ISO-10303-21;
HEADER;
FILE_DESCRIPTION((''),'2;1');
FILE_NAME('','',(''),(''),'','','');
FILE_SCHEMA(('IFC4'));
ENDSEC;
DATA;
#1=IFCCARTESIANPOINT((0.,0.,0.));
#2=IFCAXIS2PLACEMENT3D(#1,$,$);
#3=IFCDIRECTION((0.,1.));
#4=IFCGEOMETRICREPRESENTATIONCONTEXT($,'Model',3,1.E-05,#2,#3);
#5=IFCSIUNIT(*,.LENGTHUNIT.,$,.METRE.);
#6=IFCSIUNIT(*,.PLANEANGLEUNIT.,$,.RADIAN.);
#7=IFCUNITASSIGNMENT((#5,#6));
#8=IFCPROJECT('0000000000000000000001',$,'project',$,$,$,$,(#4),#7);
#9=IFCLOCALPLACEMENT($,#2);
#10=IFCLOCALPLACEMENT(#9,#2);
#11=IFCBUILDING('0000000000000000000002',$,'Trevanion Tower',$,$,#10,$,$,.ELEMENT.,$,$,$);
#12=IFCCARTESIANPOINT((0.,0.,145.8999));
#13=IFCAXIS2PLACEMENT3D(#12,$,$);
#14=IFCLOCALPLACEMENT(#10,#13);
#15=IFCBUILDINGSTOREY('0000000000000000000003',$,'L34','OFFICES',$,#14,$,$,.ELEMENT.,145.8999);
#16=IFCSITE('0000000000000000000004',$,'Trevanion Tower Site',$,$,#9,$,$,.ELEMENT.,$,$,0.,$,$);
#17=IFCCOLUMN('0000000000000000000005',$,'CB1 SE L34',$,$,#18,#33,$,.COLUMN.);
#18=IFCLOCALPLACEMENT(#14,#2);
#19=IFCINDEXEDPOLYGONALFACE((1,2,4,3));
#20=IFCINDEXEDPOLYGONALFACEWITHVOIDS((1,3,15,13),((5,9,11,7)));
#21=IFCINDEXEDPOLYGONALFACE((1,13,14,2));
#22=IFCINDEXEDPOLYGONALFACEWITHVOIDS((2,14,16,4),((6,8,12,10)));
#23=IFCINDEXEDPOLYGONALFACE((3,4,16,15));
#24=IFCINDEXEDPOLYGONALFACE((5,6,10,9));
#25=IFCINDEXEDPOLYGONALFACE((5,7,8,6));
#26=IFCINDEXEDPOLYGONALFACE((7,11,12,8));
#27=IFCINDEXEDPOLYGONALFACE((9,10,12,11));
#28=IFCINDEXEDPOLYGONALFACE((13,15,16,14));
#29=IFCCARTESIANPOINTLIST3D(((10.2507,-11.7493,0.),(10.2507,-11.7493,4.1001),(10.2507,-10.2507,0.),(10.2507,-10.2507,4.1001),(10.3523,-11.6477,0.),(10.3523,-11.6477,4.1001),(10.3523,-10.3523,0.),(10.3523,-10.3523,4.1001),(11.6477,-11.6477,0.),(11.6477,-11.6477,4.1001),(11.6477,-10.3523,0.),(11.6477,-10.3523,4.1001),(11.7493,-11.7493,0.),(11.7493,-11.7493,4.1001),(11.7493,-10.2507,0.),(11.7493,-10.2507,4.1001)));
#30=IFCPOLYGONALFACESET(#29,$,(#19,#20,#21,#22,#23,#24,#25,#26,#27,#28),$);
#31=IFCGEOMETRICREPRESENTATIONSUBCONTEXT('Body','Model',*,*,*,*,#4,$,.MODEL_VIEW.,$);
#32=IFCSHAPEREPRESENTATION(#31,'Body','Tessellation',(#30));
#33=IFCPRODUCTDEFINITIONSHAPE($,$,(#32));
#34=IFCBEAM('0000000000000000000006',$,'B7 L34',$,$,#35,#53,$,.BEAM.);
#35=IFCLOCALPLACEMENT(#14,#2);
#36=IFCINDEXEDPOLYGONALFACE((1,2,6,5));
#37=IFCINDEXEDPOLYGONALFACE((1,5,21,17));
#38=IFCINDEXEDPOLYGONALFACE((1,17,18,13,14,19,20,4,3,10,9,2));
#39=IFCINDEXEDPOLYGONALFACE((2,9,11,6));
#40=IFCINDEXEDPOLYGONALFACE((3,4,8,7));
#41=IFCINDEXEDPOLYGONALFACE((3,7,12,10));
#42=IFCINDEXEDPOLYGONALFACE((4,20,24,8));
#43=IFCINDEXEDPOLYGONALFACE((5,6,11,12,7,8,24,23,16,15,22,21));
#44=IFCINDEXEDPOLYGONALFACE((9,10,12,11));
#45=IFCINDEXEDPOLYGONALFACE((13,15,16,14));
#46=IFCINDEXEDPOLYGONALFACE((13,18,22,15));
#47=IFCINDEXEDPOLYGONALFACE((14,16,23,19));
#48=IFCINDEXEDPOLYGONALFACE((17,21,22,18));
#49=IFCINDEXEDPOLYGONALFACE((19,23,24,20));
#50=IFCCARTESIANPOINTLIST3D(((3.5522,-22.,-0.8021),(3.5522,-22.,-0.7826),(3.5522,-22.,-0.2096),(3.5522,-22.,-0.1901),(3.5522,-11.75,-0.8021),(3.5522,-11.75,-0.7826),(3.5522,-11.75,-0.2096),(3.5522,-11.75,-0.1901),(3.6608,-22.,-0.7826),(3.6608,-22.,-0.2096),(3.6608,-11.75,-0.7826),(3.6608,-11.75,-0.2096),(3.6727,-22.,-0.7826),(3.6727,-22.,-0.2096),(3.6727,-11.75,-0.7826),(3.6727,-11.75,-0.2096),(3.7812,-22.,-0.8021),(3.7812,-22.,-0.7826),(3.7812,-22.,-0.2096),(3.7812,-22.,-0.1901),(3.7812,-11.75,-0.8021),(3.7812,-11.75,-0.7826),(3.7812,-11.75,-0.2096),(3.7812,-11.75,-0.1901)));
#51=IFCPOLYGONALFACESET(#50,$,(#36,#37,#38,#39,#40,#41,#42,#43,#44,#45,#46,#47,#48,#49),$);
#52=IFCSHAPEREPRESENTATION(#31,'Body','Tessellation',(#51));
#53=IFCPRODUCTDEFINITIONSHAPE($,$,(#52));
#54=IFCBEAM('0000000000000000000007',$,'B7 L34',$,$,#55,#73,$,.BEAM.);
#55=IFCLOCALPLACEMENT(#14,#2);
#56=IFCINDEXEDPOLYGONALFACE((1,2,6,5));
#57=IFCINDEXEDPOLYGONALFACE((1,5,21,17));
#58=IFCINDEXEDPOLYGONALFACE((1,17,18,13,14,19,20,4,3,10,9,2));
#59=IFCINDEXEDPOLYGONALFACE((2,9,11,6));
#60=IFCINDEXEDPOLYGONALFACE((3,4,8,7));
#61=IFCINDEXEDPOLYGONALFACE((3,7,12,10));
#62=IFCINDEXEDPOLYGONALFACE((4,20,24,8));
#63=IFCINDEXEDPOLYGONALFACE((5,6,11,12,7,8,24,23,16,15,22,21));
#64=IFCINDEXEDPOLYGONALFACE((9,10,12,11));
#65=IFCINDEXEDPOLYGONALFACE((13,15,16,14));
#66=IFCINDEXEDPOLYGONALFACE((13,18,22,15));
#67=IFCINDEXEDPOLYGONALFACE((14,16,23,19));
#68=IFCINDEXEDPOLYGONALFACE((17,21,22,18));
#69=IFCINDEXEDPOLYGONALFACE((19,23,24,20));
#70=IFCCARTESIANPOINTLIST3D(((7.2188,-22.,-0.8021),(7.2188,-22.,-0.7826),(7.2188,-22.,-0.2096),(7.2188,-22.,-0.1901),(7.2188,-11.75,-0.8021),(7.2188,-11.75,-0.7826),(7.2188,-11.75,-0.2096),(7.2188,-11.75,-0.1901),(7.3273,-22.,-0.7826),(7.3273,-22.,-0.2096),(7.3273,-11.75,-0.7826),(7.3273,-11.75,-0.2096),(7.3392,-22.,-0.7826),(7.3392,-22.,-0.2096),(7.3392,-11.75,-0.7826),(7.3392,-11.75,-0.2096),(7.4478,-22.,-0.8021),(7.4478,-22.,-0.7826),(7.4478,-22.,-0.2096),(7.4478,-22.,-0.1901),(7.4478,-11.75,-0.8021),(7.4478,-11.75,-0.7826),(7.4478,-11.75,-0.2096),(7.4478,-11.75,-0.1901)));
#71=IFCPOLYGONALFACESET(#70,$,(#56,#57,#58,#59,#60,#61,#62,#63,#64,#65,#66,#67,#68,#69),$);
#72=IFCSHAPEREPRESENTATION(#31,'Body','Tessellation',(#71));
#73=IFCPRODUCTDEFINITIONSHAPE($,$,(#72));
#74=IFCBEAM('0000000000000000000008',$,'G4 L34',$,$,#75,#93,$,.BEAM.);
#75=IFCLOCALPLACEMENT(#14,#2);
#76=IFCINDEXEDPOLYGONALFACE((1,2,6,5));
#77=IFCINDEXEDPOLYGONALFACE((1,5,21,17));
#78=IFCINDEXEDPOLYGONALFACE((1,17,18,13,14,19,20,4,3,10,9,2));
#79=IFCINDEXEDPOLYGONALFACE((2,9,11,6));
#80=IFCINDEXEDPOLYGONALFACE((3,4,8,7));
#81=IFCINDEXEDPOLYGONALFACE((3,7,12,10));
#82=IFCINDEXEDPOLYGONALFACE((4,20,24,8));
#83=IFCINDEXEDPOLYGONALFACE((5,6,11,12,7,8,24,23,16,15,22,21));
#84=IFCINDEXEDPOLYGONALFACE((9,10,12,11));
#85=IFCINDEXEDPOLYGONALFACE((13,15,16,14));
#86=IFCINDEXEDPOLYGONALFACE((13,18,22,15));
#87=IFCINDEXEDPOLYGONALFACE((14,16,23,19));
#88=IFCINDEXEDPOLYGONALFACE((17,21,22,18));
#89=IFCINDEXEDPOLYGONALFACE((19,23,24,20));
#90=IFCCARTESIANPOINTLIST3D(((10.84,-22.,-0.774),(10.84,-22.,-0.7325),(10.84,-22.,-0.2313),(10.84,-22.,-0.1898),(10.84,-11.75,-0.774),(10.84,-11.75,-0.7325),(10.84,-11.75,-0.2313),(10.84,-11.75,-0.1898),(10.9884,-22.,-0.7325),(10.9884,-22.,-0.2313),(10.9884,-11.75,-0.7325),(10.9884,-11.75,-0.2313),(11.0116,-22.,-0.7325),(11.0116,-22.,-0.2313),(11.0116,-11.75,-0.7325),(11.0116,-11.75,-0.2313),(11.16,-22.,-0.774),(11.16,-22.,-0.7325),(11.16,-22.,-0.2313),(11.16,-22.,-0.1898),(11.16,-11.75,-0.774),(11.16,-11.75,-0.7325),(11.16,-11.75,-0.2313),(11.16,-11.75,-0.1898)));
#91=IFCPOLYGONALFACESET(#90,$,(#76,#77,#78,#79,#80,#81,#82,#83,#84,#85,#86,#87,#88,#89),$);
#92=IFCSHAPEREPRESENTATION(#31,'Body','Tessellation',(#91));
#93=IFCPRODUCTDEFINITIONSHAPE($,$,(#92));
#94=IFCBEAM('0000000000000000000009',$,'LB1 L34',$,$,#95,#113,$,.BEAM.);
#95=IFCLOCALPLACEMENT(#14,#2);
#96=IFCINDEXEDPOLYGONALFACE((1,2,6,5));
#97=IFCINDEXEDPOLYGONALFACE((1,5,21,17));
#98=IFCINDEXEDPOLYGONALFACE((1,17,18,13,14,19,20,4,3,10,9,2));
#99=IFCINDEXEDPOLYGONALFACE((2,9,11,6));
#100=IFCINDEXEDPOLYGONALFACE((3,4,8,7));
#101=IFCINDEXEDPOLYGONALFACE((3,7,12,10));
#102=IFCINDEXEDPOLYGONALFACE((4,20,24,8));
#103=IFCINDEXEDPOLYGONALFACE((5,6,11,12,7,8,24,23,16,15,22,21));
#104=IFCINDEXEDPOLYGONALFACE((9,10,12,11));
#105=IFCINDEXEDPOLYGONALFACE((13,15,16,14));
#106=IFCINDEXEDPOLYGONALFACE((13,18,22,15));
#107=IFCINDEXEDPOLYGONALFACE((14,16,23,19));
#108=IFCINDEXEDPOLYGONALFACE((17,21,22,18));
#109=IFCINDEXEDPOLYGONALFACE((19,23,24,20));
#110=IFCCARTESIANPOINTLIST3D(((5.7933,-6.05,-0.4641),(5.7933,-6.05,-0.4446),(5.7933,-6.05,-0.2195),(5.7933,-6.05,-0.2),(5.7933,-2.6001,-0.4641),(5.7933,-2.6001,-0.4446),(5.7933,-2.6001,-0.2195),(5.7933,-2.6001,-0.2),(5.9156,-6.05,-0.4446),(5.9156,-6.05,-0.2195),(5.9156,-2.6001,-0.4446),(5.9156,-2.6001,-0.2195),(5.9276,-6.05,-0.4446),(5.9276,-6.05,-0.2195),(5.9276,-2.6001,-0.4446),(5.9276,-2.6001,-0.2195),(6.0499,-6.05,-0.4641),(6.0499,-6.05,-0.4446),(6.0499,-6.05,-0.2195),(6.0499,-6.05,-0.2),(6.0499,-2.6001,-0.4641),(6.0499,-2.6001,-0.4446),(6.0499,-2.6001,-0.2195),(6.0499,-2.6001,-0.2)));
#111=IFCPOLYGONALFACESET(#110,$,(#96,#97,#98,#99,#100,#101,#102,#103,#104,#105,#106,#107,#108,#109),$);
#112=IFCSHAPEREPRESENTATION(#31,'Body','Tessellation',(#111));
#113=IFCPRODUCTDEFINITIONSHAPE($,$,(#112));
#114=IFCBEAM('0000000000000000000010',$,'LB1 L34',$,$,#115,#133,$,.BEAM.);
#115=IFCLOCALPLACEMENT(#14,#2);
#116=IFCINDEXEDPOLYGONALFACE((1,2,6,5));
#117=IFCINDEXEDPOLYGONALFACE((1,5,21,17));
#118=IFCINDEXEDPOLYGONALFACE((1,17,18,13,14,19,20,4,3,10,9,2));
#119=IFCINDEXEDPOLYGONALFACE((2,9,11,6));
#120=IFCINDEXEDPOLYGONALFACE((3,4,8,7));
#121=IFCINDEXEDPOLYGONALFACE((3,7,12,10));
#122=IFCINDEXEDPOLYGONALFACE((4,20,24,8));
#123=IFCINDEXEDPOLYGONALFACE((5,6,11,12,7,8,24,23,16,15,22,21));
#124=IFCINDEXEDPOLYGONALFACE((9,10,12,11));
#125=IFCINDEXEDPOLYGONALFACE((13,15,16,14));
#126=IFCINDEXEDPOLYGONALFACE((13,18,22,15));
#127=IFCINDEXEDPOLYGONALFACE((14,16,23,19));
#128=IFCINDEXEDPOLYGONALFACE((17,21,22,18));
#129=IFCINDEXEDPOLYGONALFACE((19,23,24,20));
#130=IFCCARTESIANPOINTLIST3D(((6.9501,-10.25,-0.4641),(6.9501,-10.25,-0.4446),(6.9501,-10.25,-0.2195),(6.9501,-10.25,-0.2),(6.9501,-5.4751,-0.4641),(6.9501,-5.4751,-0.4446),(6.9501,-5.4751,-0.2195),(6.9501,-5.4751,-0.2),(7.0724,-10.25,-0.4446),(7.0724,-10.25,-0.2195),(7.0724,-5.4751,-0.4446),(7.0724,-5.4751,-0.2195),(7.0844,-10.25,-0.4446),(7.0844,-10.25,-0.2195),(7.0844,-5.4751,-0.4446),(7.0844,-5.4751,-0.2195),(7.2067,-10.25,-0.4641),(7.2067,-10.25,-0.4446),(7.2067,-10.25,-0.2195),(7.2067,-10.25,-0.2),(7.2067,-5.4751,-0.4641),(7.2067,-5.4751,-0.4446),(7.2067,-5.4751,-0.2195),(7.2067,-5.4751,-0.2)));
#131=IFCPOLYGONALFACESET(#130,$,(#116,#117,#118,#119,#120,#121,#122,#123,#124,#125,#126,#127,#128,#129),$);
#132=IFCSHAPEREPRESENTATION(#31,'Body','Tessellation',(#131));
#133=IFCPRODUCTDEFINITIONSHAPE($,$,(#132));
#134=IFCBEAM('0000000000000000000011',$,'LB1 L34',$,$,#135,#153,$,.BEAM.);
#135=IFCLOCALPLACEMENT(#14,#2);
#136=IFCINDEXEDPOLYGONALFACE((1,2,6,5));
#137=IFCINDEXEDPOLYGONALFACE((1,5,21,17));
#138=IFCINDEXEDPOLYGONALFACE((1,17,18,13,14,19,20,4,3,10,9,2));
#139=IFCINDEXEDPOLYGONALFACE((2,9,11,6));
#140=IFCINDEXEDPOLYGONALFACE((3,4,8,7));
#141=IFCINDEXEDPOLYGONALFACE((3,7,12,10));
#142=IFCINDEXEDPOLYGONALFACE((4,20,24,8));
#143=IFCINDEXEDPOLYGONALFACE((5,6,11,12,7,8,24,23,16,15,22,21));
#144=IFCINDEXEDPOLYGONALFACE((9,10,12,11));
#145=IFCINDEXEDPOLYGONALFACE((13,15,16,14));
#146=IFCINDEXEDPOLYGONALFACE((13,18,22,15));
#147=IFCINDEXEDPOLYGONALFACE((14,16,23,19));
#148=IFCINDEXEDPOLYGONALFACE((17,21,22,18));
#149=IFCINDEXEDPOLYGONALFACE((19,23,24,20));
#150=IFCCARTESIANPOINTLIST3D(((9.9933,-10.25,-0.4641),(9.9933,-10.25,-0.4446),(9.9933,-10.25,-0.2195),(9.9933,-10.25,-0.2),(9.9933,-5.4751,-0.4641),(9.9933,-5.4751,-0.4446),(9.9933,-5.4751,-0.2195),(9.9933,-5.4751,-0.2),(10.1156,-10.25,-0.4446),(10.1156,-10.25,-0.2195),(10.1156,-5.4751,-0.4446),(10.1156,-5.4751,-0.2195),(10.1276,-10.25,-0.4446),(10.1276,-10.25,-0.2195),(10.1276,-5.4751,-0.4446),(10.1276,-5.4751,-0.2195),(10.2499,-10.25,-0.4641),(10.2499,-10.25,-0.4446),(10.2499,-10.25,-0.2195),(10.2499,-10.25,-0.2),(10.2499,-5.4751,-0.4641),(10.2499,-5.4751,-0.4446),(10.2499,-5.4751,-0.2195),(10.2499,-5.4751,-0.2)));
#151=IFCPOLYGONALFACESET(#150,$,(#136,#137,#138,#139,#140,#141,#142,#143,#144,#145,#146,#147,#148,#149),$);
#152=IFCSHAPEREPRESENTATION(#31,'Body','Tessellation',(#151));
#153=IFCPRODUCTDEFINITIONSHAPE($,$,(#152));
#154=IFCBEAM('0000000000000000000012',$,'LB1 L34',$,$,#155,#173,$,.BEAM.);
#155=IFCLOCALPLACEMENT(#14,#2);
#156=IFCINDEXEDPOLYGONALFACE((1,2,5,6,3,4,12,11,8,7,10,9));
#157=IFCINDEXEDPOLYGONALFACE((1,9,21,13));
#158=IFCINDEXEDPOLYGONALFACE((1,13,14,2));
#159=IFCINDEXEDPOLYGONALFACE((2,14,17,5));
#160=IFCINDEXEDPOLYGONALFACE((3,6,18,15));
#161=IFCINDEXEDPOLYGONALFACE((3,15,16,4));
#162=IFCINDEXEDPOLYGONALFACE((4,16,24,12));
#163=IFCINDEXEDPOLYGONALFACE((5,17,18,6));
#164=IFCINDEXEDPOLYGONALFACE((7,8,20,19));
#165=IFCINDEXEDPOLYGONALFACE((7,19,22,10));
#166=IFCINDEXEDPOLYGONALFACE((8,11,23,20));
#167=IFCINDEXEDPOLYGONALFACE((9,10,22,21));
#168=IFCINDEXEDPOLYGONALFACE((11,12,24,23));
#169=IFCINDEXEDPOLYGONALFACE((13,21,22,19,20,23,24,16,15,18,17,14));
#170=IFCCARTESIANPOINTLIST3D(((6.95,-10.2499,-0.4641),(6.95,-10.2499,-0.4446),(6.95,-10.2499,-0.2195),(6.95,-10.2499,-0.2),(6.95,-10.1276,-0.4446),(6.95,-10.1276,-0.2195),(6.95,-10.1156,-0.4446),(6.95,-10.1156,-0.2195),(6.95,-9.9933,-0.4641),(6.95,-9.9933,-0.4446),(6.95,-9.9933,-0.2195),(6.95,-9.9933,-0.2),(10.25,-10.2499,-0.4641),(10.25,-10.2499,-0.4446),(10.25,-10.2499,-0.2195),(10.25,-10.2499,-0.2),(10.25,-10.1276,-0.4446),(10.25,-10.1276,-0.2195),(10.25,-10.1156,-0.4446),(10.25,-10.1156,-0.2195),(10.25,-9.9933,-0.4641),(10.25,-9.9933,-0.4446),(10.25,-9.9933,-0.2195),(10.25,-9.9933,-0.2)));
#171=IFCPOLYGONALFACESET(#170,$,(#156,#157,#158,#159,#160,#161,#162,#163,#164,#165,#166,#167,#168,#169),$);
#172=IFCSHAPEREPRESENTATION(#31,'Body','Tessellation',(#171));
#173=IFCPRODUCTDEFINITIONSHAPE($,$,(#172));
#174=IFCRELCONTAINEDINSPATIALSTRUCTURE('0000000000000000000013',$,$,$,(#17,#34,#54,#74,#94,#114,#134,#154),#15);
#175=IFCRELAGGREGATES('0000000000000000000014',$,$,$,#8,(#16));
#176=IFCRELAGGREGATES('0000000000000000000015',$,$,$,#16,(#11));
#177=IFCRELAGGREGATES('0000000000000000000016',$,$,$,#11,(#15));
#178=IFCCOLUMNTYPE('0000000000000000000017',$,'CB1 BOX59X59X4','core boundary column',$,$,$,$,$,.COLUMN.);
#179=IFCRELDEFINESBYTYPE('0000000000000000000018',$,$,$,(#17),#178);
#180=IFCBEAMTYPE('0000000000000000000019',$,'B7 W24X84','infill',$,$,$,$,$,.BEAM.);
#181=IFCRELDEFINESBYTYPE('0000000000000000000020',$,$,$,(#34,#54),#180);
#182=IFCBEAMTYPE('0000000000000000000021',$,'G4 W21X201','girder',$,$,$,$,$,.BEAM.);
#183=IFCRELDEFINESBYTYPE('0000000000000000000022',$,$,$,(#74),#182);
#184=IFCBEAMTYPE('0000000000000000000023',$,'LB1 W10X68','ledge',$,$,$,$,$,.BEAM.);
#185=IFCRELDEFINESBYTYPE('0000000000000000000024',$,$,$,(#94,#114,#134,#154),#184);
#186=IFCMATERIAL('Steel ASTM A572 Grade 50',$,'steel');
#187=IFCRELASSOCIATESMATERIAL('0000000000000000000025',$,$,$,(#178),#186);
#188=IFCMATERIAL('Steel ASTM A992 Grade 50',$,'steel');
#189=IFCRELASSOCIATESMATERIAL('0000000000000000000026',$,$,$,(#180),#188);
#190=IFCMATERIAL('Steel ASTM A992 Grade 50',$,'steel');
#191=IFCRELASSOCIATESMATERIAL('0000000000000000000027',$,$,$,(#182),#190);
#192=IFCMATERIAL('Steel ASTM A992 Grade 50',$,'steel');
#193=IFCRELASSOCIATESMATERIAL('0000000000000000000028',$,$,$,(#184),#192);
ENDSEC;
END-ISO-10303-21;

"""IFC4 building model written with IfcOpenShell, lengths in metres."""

from ifc_helpers import new_model, si_unit, direction, frame, origin, origin_2d, place, context, subcontext, project, spatial, hollow_rectangle, i_section, extrude, material, material_profile, profile_set, type_object, element, save


model = new_model("IFC4")

# Units and contexts
model_context = context("Model", 3, precision=1e-05, world=origin(), true_north=direction((0.0, 1.0)))
body_context = subcontext(model_context, "Body", "Model", "MODEL_VIEW")
ifc_project = project(units=[si_unit("LENGTHUNIT", "METRE"), si_unit("PLANEANGLEUNIT", "RADIAN")], contexts=[model_context])

# Site, building, storey
site_placement = place(None, origin())
site = spatial("IfcSite", under=ifc_project, at=site_placement, Name="Trevanion Tower Site", CompositionType="ELEMENT", RefElevation=0.0)
building_placement = place(site_placement, origin())
building = spatial("IfcBuilding", under=site, at=building_placement, Name="Trevanion Tower", CompositionType="ELEMENT")
storey_placement = place(building_placement, frame((0.0, 0.0, 145.8999)))
storey = spatial("IfcBuildingStorey", under=building, at=storey_placement, Name="L34", Description="OFFICES", CompositionType="ELEMENT", Elevation=145.8999)

# Column
ifc_material_1 = material(Name="Steel ASTM A572 Grade 50", Category="steel")
ifc_material_profile_1 = material_profile(ifc_material_1, hollow_rectangle(XDim=1.4985, YDim=1.4985, WallThickness=0.1016, at=origin_2d()), Name="BOX59X59X4")
ifc_profile_set_1 = profile_set([ifc_material_profile_1], Name="Steel ASTM A572 Grade 50")
column_type = type_object("IfcColumnType", Name="CB1 BOX59X59X4", Description="core boundary column", PredefinedType="COLUMN", material=ifc_profile_set_1)
column_placement = place(storey_placement, frame((11.0, -11.0, 0.0), z_axis=(0.0, 0.0, 1.0), x_axis=(1.0, 0.0, 0.0)))
element("IfcColumn", 1, at=column_placement, inside=storey, type_object=column_type, Name="CB1 SE L34", PredefinedType="COLUMN", context=body_context, shape_type="SweptSolid", body=[
    extrude(hollow_rectangle(XDim=1.4985, YDim=1.4985, WallThickness=0.1016, at=origin_2d()), origin(), (0.0, 0.0, 1.0), 4.1001),
])

# Beams
ifc_material_2 = material(Name="Steel ASTM A992 Grade 50", Category="steel")
ifc_material_profile_2 = material_profile(ifc_material_2, i_section(OverallWidth=0.229, OverallDepth=0.6121, WebThickness=0.012, FlangeThickness=0.0195, at=origin_2d()), Name="W24X84")
ifc_profile_set_2 = profile_set([ifc_material_profile_2], Name="Steel ASTM A992 Grade 50")
beam_type_1 = type_object("IfcBeamType", Name="B7 W24X84", Description="infill", PredefinedType="BEAM", material=ifc_profile_set_2)
for number, where, z_axis, x_axis, name in (
    (2, (3.6667, -11.75, -0.4961), (0.0, -1.0, 0.0), (1.0, 0.0, 0.0), "B7 L34"),
    (3, (7.3333, -11.75, -0.4961), (0.0, -1.0, 0.0), (1.0, 0.0, 0.0), "B7 L34"),
):
    element("IfcBeam", number, at=place(storey_placement, frame(where, z_axis=z_axis, x_axis=x_axis)), inside=storey, type_object=beam_type_1, Name=name, PredefinedType="BEAM", context=body_context, shape_type="SweptSolid", body=[
        extrude(i_section(OverallWidth=0.229, OverallDepth=0.6121, WebThickness=0.012, FlangeThickness=0.0195, at=origin_2d()), origin(), (0.0, 0.0, 1.0), 10.25),
    ])
ifc_material_3 = material(Name="Steel ASTM A992 Grade 50", Category="steel")
ifc_material_profile_3 = material_profile(ifc_material_3, i_section(OverallWidth=0.3201, OverallDepth=0.5842, WebThickness=0.0232, FlangeThickness=0.0415, at=origin_2d()), Name="W21X201")
ifc_profile_set_3 = profile_set([ifc_material_profile_3], Name="Steel ASTM A992 Grade 50")
beam_type_2 = type_object("IfcBeamType", Name="G4 W21X201", Description="girder", PredefinedType="BEAM", material=ifc_profile_set_3)
beam_1_placement = place(storey_placement, frame((11.0, -11.75, -0.4819), z_axis=(0.0, -1.0, 0.0), x_axis=(1.0, 0.0, 0.0)))
element("IfcBeam", 4, at=beam_1_placement, inside=storey, type_object=beam_type_2, Name="G4 L34", PredefinedType="BEAM", context=body_context, shape_type="SweptSolid", body=[
    extrude(i_section(OverallWidth=0.3201, OverallDepth=0.5842, WebThickness=0.0232, FlangeThickness=0.0415, at=origin_2d()), origin(), (0.0, 0.0, 1.0), 10.25),
])
ifc_material_4 = material(Name="Steel ASTM A992 Grade 50", Category="steel")
ifc_material_profile_4 = material_profile(ifc_material_4, i_section(OverallWidth=0.2566, OverallDepth=0.2642, WebThickness=0.012, FlangeThickness=0.0195, at=origin_2d()), Name="W10X68")
ifc_profile_set_4 = profile_set([ifc_material_profile_4], Name="Steel ASTM A992 Grade 50")
beam_type_3 = type_object("IfcBeamType", Name="LB1 W10X68", Description="ledge", PredefinedType="BEAM", material=ifc_profile_set_4)
beam_2_placement = place(storey_placement, frame((5.9216, -6.05, -0.332), z_axis=(0.0, 1.0, 0.0), x_axis=(-1.0, 0.0, 0.0)))
element("IfcBeam", 5, at=beam_2_placement, inside=storey, type_object=beam_type_3, Name="LB1 L34", PredefinedType="BEAM", context=body_context, shape_type="SweptSolid", body=[
    extrude(i_section(OverallWidth=0.2566, OverallDepth=0.2642, WebThickness=0.012, FlangeThickness=0.0195, at=origin_2d()), origin(), (0.0, 0.0, 1.0), 3.45),
])
for number, where, z_axis, x_axis, name in (
    (6, (7.0784, -10.25, -0.332), (0.0, 1.0, 0.0), (-1.0, 0.0, 0.0), "LB1 L34"),
    (7, (10.1216, -10.25, -0.332), (0.0, 1.0, 0.0), (-1.0, 0.0, 0.0), "LB1 L34"),
):
    element("IfcBeam", number, at=place(storey_placement, frame(where, z_axis=z_axis, x_axis=x_axis)), inside=storey, type_object=beam_type_3, Name=name, PredefinedType="BEAM", context=body_context, shape_type="SweptSolid", body=[
        extrude(i_section(OverallWidth=0.2566, OverallDepth=0.2642, WebThickness=0.012, FlangeThickness=0.0195, at=origin_2d()), origin(), (0.0, 0.0, 1.0), 4.7749),
    ])
beam_3_placement = place(storey_placement, frame((6.95, -10.1216, -0.332), z_axis=(1.0, 0.0, 0.0), x_axis=(0.0, 1.0, 0.0)))
element("IfcBeam", 8, at=beam_3_placement, inside=storey, type_object=beam_type_3, Name="LB1 L34", PredefinedType="BEAM", context=body_context, shape_type="SweptSolid", body=[
    extrude(i_section(OverallWidth=0.2566, OverallDepth=0.2642, WebThickness=0.012, FlangeThickness=0.0195, at=origin_2d()), origin(), (0.0, 0.0, 1.0), 3.3),
])

save(model, "model.ifc")
